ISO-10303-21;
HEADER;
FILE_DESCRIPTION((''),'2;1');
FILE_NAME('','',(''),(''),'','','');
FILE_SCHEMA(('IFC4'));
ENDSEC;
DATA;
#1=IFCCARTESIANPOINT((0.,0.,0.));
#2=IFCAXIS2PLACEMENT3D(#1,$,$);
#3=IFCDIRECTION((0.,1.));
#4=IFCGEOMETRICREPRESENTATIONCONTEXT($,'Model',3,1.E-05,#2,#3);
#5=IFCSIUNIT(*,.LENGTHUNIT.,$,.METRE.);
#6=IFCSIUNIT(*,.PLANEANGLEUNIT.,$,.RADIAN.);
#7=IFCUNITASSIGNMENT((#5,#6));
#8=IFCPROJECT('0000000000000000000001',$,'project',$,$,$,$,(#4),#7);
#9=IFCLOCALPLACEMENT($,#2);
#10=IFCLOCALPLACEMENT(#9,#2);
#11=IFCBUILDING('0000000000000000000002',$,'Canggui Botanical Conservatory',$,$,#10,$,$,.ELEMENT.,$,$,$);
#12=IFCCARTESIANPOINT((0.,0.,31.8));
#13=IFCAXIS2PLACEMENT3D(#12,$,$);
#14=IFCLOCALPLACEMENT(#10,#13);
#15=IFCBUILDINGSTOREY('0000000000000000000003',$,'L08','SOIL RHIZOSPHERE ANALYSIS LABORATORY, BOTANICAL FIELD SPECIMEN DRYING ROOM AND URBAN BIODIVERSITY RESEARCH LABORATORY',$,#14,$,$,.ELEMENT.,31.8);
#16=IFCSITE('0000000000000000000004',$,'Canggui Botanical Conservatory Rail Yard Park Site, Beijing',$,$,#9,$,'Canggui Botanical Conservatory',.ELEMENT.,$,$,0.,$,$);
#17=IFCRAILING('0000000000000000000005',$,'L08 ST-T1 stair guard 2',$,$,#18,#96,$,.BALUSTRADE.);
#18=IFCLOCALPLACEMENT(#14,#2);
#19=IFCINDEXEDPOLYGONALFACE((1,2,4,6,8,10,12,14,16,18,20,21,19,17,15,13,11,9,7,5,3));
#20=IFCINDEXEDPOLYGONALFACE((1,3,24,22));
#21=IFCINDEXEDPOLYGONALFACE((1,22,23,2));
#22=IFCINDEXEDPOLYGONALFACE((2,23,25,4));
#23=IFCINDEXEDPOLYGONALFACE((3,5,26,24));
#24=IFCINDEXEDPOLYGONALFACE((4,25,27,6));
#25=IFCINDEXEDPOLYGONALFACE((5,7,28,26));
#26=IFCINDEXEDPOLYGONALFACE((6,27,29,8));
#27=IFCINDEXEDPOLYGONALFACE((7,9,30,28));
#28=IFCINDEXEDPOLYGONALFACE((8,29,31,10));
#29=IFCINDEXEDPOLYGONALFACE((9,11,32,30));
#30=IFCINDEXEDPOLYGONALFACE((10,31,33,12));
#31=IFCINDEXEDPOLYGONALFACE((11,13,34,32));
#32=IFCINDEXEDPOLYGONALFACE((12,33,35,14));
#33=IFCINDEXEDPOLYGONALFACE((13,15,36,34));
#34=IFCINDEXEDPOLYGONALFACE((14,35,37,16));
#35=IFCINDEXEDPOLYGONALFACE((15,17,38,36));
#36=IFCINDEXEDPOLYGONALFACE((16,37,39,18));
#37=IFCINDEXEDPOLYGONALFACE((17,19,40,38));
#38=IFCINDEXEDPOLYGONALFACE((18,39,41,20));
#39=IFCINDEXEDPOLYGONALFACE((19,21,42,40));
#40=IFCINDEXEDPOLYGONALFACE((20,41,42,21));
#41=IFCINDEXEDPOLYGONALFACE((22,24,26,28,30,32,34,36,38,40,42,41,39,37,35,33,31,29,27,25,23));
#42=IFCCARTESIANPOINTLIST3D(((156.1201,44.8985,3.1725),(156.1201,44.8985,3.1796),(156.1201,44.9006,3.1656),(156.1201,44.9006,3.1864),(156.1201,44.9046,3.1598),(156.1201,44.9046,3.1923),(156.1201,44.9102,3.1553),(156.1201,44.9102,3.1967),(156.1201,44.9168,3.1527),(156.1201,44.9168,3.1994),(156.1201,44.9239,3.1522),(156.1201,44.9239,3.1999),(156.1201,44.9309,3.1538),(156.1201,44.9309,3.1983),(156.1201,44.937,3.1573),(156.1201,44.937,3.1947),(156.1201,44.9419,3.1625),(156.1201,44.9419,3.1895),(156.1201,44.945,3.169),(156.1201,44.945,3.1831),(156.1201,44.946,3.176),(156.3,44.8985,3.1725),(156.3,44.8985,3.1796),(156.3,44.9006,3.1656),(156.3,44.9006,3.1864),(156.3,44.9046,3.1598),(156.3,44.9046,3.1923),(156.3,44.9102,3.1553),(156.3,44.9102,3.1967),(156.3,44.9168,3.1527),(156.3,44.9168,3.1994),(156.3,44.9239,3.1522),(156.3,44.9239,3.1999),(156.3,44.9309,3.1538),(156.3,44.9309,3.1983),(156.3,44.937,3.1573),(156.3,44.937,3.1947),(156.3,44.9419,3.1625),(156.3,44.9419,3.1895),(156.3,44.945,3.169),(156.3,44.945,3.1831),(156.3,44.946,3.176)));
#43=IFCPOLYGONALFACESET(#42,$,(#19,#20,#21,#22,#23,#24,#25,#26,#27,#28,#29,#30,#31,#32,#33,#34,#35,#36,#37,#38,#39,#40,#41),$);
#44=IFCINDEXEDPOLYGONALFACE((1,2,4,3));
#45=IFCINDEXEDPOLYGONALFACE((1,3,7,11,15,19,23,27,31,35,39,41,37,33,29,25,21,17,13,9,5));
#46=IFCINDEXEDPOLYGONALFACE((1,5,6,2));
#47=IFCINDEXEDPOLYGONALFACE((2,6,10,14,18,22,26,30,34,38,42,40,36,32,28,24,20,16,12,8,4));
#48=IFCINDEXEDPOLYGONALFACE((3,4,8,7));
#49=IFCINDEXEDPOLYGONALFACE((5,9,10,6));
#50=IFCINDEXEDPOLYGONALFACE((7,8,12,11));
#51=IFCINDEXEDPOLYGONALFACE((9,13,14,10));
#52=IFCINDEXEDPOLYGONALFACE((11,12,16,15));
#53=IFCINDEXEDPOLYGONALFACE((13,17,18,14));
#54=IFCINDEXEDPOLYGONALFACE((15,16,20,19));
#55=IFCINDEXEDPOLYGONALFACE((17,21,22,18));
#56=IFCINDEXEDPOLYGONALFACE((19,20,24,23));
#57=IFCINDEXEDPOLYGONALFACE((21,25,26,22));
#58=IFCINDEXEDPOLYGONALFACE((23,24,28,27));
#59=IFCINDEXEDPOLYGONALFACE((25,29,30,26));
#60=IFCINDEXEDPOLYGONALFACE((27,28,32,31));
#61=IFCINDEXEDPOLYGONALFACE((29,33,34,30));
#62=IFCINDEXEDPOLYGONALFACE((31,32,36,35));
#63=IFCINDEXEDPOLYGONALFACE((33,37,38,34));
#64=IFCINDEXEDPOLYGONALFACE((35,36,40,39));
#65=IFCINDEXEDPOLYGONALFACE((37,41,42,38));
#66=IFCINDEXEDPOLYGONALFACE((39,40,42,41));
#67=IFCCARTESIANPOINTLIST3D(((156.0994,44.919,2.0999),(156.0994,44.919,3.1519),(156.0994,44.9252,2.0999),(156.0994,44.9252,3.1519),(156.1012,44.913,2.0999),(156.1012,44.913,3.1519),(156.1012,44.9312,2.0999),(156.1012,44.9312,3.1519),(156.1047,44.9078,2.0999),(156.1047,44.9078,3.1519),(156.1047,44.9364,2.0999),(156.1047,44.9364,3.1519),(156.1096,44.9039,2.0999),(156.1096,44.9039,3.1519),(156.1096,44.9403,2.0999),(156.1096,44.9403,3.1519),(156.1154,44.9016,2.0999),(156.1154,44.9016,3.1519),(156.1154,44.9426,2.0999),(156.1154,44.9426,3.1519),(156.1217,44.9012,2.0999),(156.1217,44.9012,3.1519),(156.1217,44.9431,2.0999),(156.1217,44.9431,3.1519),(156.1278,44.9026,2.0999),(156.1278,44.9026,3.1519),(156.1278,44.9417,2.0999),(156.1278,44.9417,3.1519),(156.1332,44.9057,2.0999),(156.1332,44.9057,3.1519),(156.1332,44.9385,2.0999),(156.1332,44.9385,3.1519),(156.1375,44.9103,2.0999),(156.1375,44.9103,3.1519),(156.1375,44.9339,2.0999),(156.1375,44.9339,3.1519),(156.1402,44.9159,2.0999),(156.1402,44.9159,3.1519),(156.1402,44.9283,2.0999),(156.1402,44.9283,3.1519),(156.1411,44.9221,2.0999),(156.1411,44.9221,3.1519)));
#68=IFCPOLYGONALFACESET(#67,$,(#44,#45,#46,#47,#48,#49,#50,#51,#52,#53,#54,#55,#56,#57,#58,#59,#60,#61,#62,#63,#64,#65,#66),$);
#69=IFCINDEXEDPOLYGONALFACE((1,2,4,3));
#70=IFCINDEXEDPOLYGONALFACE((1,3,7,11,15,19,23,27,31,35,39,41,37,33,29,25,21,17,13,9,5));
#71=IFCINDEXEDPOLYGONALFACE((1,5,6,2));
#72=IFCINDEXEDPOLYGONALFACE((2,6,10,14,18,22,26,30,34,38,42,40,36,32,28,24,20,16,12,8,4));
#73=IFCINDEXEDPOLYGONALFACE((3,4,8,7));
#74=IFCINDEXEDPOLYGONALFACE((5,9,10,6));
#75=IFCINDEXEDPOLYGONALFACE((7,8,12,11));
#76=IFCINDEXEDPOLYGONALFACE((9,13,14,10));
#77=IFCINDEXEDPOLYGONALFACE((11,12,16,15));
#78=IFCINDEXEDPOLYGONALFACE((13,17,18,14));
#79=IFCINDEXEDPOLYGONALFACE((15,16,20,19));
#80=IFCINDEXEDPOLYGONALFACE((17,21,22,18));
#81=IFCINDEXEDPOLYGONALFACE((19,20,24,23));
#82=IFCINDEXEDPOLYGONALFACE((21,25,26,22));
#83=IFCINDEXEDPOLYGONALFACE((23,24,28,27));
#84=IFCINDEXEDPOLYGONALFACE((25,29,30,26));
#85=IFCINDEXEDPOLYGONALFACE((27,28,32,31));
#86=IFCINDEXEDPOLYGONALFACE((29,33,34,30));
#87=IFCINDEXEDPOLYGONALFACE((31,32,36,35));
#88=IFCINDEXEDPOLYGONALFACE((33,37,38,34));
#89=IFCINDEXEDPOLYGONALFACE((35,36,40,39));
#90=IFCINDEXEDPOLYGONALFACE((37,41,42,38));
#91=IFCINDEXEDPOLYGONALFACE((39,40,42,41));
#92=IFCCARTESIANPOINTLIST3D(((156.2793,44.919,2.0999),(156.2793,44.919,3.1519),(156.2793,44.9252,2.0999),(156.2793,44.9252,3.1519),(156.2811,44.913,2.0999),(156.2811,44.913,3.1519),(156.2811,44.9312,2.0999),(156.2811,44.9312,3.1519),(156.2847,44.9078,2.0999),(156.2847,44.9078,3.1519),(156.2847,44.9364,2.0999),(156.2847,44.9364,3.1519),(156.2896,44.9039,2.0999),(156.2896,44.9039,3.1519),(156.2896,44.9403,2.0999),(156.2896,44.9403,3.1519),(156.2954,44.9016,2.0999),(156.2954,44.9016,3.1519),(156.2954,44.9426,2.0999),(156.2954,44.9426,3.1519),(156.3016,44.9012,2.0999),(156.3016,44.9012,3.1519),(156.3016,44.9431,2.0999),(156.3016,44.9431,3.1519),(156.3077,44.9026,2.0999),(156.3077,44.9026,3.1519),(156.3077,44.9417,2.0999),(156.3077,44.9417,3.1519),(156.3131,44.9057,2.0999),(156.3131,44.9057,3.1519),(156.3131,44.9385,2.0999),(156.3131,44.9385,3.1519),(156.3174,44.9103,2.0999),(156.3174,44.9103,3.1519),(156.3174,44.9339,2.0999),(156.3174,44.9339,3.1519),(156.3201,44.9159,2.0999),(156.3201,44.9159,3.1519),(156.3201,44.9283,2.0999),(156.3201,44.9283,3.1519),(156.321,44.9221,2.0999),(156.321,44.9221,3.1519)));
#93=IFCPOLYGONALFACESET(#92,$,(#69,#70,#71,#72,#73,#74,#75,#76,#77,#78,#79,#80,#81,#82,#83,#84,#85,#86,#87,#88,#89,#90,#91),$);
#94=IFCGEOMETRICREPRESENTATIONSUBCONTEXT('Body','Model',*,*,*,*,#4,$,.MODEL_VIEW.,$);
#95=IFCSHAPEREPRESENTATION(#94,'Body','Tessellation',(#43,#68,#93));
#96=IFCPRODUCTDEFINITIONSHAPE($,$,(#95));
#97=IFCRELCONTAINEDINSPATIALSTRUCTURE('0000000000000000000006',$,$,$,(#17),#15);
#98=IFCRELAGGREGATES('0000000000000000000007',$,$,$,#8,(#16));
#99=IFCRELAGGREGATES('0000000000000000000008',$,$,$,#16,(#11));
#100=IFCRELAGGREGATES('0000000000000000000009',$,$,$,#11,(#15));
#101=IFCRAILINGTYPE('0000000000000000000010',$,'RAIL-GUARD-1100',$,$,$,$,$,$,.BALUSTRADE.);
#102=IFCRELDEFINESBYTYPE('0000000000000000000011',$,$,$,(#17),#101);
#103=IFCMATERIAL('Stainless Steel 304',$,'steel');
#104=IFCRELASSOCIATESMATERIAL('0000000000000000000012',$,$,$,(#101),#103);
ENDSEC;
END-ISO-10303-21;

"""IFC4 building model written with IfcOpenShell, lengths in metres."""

from ifc_helpers import new_model, si_unit, direction, frame, origin, origin_2d, place, context, subcontext, project, spatial, circle, extrude, material, type_object, element, save


model = new_model("IFC4")

# Units and contexts
model_context = context("Model", 3, precision=1e-05, world=origin(), true_north=direction((0.0, 1.0)))
body_context = subcontext(model_context, "Body", "Model", "MODEL_VIEW")
ifc_project = project(units=[si_unit("LENGTHUNIT", "METRE"), si_unit("PLANEANGLEUNIT", "RADIAN")], contexts=[model_context])

# Site, building, storey
site_placement = place(None, origin())
site = spatial("IfcSite", under=ifc_project, at=site_placement, Name="Canggui Botanical Conservatory Rail Yard Park Site, Beijing", LongName="Canggui Botanical Conservatory", CompositionType="ELEMENT", RefElevation=0.0)
building_placement = place(site_placement, origin())
building = spatial("IfcBuilding", under=site, at=building_placement, Name="Canggui Botanical Conservatory", CompositionType="ELEMENT")
storey_placement = place(building_placement, frame((0.0, 0.0, 31.8)))
storey = spatial("IfcBuildingStorey", under=building, at=storey_placement, Name="L08", Description="SOIL RHIZOSPHERE ANALYSIS LABORATORY, BOTANICAL FIELD SPECIMEN DRYING ROOM AND URBAN BIODIVERSITY RESEARCH LABORATORY", CompositionType="ELEMENT", Elevation=31.8)

# Shared definitions
ifc_material_1 = material(Name="Stainless Steel 304", Category="steel")

# Railing
railing_type = type_object("IfcRailingType", Name="RAIL-GUARD-1100", PredefinedType="BALUSTRADE", material=ifc_material_1)
railing_placement = place(storey_placement, frame((156.1201, 44.9221, 2.0999)))
element("IfcRailing", 1, at=railing_placement, inside=storey, type_object=railing_type, Name="L08 ST-T1 stair guard 2", PredefinedType="BALUSTRADE", context=body_context, shape_type="SweptSolid", body=[
    extrude(circle(Radius=0.0239, at=origin_2d()), frame((0.0, 0.0, 1.0762), z_axis=(1.0, 0.0, 0.0), x_axis=(0.0, 1.0, 0.0)), (0.0, 0.0, 1.0), 0.1799),
    extrude(circle(Radius=0.021, at=origin_2d()), origin(), (0.0, 0.0, 1.0), 1.052),
    extrude(circle(Radius=0.021, at=origin_2d()), frame((0.1799, 0.0, 0.0)), (0.0, 0.0, 1.0), 1.052),
])

save(model, "model.ifc")
